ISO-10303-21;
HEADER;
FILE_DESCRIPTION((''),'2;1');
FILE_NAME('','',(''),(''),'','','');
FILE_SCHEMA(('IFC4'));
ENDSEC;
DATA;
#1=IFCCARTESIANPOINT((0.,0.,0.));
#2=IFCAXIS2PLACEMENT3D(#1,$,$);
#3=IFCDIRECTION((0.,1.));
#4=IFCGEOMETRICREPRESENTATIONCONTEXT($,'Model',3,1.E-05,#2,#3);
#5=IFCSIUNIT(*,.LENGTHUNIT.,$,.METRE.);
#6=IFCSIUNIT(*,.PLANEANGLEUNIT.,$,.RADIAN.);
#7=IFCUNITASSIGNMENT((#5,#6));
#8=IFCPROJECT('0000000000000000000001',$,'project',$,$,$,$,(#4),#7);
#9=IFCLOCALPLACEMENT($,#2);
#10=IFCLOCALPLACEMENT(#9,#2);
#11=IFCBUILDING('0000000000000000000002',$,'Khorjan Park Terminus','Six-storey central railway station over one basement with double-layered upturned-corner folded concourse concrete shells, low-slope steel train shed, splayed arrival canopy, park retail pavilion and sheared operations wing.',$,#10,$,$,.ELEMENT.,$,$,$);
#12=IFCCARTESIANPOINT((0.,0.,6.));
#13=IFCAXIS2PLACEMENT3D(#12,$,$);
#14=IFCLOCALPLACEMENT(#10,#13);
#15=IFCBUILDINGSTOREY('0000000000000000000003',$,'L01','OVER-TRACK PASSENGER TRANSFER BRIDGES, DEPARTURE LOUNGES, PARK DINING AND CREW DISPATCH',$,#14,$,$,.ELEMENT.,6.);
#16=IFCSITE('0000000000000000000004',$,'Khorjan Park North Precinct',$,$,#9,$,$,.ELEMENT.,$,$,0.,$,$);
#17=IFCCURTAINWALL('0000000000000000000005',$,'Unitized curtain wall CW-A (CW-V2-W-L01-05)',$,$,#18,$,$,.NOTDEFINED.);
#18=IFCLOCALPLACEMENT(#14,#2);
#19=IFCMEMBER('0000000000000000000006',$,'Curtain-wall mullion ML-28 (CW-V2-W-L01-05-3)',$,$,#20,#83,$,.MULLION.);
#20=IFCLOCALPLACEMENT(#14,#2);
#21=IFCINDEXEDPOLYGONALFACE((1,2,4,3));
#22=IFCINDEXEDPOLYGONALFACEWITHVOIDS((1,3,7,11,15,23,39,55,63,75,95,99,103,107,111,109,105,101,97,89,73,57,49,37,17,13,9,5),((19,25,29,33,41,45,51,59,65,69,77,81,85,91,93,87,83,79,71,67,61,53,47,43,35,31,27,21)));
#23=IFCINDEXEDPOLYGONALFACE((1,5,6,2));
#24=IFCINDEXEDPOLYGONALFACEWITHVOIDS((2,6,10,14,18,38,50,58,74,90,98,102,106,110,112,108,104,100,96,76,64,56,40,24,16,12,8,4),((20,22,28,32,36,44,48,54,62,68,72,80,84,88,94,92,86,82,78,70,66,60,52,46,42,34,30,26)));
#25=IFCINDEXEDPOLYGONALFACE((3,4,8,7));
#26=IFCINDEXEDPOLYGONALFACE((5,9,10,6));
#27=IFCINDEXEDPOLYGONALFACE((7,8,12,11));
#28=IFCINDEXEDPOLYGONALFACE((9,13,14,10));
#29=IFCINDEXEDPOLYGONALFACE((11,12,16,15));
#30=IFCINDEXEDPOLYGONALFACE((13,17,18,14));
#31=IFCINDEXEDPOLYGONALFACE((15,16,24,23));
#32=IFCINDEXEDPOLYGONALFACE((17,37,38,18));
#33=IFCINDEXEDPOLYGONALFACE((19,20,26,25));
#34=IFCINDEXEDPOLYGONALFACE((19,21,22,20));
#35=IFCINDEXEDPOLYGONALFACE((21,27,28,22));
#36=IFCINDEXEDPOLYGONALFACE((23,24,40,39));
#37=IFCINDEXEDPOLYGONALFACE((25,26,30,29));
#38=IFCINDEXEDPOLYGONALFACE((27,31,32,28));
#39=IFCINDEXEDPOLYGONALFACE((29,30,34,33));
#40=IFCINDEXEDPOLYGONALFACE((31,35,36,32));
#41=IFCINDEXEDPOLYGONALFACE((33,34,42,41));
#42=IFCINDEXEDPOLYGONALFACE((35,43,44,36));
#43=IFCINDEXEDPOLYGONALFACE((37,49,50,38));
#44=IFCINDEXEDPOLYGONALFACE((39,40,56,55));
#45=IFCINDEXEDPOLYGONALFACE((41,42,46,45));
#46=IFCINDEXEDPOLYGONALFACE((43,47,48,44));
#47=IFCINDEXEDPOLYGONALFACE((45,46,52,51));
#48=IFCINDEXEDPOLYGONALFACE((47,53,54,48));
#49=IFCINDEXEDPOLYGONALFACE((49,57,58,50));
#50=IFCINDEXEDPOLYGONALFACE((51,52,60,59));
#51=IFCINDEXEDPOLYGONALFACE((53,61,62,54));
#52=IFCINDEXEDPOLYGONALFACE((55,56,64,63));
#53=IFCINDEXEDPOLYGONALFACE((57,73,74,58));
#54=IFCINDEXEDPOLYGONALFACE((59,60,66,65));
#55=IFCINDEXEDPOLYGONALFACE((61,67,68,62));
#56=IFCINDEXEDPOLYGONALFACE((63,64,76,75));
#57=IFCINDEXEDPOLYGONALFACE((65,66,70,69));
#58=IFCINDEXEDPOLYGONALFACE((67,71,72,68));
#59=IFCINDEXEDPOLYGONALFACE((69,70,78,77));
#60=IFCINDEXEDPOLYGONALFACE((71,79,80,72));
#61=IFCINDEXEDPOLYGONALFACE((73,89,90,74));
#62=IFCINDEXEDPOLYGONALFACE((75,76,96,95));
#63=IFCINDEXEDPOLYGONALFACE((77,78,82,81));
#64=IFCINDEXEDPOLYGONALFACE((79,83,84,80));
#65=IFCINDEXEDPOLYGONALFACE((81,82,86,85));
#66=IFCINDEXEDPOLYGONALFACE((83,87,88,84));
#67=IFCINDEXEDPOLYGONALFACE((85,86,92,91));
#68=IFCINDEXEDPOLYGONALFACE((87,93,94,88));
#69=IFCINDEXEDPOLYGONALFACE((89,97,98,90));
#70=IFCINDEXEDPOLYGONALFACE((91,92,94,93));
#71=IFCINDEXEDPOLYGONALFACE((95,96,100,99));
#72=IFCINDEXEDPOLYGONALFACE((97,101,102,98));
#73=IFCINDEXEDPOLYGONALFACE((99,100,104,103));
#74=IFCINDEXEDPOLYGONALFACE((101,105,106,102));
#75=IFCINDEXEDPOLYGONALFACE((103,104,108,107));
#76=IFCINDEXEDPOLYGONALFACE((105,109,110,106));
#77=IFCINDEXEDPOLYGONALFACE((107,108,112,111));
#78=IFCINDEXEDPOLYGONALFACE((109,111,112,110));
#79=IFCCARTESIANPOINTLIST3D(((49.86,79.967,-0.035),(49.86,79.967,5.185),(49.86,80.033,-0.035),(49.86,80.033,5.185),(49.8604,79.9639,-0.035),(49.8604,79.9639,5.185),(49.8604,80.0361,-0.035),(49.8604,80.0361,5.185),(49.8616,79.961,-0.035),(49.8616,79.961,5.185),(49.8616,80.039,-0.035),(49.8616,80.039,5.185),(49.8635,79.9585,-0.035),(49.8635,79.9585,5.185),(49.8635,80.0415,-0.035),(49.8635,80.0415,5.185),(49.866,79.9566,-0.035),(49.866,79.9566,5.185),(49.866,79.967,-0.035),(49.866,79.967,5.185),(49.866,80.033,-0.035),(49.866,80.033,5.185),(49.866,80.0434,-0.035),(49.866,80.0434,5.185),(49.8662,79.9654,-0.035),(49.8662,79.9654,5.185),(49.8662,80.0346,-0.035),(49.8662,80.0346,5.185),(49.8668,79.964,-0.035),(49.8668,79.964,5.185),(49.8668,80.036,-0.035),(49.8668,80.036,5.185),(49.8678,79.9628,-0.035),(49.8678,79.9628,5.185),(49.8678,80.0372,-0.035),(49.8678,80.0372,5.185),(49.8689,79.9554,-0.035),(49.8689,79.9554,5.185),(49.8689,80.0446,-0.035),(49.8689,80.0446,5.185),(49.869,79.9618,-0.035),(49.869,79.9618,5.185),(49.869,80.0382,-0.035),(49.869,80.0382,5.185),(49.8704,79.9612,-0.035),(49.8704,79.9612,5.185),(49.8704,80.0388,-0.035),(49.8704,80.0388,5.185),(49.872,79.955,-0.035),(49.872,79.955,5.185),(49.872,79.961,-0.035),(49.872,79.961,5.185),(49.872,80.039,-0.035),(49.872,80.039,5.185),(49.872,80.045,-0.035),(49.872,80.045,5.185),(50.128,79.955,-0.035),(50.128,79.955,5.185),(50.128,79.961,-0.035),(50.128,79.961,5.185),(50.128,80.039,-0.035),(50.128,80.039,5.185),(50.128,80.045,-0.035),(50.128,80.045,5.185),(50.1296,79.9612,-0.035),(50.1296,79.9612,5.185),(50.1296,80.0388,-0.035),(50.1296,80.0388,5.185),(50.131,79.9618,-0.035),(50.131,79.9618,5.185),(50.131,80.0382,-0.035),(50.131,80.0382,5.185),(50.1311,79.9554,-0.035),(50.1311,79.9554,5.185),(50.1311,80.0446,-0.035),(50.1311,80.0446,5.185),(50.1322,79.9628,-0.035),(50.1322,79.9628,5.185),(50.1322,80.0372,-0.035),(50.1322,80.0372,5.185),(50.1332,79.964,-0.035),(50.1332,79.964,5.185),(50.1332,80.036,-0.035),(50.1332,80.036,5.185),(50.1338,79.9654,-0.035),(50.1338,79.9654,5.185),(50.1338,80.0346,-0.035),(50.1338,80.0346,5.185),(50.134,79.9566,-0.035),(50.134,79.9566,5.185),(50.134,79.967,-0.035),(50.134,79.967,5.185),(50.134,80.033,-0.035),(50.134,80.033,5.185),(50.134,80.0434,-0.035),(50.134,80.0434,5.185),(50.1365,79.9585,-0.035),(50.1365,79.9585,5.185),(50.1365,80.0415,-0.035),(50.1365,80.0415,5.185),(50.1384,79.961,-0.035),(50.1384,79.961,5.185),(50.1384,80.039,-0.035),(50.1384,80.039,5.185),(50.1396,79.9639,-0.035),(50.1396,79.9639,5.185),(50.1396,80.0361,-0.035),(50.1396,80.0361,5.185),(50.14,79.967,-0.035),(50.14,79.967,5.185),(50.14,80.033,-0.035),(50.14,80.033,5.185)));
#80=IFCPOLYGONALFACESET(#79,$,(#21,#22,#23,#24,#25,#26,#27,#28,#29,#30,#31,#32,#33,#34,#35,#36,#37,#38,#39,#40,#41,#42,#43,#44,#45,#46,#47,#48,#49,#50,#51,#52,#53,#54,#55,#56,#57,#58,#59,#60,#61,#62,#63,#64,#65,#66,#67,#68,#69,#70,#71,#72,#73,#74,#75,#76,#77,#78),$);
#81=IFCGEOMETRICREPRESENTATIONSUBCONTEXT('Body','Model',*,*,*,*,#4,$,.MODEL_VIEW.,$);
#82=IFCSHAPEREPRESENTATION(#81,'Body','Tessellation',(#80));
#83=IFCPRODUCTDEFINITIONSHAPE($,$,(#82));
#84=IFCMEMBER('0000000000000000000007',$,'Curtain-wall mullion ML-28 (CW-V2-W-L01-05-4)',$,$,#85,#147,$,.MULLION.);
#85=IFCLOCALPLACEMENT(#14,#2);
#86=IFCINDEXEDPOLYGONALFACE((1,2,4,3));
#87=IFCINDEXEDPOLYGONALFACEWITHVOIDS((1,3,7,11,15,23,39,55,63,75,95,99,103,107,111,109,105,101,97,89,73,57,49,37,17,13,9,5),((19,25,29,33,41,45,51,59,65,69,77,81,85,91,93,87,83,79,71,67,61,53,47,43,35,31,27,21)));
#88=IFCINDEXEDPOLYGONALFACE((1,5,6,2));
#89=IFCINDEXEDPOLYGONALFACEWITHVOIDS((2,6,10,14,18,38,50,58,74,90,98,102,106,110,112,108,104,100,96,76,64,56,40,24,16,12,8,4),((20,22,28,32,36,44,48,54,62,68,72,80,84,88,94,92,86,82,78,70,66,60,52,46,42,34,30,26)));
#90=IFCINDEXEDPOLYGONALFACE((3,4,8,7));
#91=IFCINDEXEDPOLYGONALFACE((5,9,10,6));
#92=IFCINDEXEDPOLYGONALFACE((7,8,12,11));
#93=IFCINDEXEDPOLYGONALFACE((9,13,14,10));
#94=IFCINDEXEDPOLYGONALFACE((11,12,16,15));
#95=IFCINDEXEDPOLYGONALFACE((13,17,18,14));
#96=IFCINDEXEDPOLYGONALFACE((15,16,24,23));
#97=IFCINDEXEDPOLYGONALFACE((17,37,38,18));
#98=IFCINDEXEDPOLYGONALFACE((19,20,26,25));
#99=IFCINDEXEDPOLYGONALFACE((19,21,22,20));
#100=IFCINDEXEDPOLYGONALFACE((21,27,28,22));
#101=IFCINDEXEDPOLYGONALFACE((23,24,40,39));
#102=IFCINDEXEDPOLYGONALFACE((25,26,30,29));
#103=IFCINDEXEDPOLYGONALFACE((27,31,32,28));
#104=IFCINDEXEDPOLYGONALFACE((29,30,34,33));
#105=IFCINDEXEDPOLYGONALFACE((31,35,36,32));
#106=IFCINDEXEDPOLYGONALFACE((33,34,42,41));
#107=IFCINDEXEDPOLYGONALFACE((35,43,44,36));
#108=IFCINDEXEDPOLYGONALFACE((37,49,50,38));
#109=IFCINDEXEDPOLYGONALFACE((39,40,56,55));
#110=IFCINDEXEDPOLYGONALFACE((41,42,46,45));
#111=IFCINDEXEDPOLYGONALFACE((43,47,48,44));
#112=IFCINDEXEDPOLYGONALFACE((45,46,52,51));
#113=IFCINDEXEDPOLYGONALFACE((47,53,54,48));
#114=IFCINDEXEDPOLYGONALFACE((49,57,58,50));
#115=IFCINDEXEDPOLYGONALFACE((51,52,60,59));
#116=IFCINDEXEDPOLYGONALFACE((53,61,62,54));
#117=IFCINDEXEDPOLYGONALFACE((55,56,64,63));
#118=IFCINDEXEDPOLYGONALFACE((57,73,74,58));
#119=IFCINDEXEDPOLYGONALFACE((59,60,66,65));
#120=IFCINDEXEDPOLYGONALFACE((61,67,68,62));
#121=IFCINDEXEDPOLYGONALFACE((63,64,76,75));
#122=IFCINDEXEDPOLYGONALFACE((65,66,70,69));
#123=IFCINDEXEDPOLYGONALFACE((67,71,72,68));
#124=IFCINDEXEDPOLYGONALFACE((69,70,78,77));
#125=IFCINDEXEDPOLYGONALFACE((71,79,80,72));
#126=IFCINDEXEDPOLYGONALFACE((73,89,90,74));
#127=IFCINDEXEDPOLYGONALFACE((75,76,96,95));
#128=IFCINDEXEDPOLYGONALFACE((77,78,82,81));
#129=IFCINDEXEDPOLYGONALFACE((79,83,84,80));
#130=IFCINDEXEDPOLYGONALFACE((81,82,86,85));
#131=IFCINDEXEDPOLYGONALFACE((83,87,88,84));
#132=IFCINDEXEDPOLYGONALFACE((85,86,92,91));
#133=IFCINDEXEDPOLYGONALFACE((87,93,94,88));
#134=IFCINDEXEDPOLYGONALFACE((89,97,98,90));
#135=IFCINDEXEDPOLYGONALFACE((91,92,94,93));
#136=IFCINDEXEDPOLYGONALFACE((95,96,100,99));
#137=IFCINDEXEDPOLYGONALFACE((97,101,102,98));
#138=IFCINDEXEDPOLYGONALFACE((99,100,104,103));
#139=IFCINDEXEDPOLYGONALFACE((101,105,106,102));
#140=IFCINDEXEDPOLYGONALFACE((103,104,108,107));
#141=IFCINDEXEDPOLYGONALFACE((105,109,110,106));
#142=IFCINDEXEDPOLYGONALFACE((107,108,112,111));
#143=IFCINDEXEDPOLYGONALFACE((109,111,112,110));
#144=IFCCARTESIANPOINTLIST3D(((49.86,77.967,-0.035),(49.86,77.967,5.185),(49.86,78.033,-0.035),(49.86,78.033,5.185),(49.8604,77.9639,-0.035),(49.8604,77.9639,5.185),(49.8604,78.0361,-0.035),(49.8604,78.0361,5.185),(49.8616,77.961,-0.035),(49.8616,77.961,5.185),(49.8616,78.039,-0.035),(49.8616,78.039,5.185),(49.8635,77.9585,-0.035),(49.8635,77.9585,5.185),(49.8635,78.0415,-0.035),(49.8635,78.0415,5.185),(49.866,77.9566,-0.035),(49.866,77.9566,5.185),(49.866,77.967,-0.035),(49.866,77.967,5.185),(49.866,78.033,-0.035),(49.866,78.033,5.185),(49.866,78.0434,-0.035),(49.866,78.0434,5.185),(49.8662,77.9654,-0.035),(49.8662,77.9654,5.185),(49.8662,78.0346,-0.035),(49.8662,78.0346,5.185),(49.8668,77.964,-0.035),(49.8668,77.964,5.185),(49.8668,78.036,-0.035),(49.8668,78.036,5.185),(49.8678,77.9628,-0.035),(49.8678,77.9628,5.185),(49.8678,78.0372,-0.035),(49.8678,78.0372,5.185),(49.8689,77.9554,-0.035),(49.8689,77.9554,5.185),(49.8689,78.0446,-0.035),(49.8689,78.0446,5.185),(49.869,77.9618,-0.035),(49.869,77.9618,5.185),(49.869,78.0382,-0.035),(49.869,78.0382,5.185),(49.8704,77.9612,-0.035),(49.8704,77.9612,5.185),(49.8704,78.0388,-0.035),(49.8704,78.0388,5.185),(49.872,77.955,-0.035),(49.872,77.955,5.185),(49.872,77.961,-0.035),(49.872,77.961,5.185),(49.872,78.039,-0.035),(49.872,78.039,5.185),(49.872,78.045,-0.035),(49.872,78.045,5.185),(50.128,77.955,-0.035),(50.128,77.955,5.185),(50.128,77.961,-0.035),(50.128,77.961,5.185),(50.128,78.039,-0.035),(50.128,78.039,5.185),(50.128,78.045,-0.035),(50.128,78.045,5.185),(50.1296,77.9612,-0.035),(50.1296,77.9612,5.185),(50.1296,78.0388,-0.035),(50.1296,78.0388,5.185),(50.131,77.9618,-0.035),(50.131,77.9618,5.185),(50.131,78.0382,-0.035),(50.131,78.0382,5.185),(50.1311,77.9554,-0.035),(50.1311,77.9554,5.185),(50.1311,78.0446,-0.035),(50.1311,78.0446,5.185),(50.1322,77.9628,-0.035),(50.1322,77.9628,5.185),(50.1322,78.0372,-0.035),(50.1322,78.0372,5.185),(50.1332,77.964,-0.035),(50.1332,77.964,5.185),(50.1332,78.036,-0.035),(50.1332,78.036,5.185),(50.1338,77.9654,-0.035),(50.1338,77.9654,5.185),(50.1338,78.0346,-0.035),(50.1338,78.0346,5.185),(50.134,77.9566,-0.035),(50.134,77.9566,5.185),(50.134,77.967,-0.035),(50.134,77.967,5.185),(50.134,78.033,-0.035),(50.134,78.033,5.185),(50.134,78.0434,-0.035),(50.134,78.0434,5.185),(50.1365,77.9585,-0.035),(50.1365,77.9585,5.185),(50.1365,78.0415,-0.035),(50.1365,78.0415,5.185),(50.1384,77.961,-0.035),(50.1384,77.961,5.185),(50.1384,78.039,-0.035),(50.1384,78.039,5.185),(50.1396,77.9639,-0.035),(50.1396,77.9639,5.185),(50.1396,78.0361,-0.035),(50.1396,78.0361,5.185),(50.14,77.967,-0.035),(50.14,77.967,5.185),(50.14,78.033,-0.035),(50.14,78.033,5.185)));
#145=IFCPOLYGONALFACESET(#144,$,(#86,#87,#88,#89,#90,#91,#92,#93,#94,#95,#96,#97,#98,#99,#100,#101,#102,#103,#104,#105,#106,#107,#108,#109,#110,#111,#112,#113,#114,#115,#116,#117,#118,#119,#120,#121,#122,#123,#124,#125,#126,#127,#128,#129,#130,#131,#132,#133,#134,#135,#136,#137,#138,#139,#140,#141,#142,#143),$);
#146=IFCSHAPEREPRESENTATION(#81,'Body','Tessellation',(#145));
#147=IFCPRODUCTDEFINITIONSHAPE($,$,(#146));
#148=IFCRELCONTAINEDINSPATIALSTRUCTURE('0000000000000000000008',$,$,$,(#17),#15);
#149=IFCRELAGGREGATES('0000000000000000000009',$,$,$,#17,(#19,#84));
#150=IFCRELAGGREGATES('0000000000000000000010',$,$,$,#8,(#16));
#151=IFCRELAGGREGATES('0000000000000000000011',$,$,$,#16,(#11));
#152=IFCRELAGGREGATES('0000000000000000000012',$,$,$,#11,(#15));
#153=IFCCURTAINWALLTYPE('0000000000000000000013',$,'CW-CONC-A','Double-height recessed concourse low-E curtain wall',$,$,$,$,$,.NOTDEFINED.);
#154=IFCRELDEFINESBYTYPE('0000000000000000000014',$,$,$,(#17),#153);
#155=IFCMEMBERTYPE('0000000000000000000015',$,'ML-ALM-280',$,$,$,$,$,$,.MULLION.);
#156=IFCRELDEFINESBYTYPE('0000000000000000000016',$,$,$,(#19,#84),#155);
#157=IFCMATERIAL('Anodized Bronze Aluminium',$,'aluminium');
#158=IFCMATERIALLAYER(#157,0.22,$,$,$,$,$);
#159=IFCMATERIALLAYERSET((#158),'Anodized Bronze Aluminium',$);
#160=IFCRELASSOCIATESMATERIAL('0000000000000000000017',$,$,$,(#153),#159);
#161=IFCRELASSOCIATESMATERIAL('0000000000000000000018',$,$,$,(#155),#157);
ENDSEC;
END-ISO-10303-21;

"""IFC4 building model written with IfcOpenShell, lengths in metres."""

from ifc_helpers import new_model, si_unit, direction, frame, origin, origin_2d, place, context, subcontext, project, spatial, hollow_rectangle, extrude, material, layer, layer_set, material_profile, profile_set, type_object, element, aggregate, save


model = new_model("IFC4")

# Units and contexts
model_context = context("Model", 3, precision=1e-05, world=origin(), true_north=direction((0.0, 1.0)))
body_context = subcontext(model_context, "Body", "Model", "MODEL_VIEW")
ifc_project = project(units=[si_unit("LENGTHUNIT", "METRE"), si_unit("PLANEANGLEUNIT", "RADIAN")], contexts=[model_context])

# Site, building, storey
site_placement = place(None, origin())
site = spatial("IfcSite", under=ifc_project, at=site_placement, Name="Khorjan Park North Precinct", CompositionType="ELEMENT", RefElevation=0.0)
building_placement = place(site_placement, origin())
building = spatial("IfcBuilding", under=site, at=building_placement, Name="Khorjan Park Terminus", Description="Six-storey central railway station over one basement with double-layered upturned-corner folded concourse concrete shells, low-slope steel train shed, splayed arrival canopy, park retail pavilion and sheared operations wing.", CompositionType="ELEMENT")
storey_placement = place(building_placement, frame((0.0, 0.0, 6.0)))
storey = spatial("IfcBuildingStorey", under=building, at=storey_placement, Name="L01", Description="OVER-TRACK PASSENGER TRANSFER BRIDGES, DEPARTURE LOUNGES, PARK DINING AND CREW DISPATCH", CompositionType="ELEMENT", Elevation=6.0)

# Shared definitions
ifc_material_1 = material(Name="Anodized Bronze Aluminium", Category="aluminium")
ifc_layer_1 = layer(ifc_material_1, 0.22)
ifc_layer_set_1 = layer_set([ifc_layer_1], Name="Anodized Bronze Aluminium")
curtain_wall_type = type_object("IfcCurtainWallType", Name="CW-CONC-A", Description="Double-height recessed concourse low-E curtain wall", PredefinedType="NOTDEFINED", material=ifc_layer_set_1)
ifc_material_profile_1 = material_profile(ifc_material_1, hollow_rectangle(XDim=0.09, YDim=0.28, WallThickness=0.006, InnerFilletRadius=0.006, OuterFilletRadius=0.012, at=origin_2d()), Name="ALM 90x280x6")
ifc_profile_set_1 = profile_set([ifc_material_profile_1], Name="Anodized Bronze Aluminium")
member_type_1 = type_object("IfcMemberType", Name="ML-ALM-280", PredefinedType="MULLION", material=ifc_profile_set_1)

# Curtain wall, members
curtain_wall_1_placement = place(storey_placement, origin())
curtain_wall_1 = element("IfcCurtainWall", 1, at=curtain_wall_1_placement, inside=storey, type_object=curtain_wall_type, Name="Unitized curtain wall CW-A (CW-V2-W-L01-05)", PredefinedType="NOTDEFINED")
member_1_placement = place(storey_placement, frame((50.0, 80.0, -0.035), z_axis=(0.0, 0.0, 1.0), x_axis=(0.0, -1.0, 0.0)))
member_1 = element("IfcMember", 2, at=member_1_placement, type_object=member_type_1, Name="Curtain-wall mullion ML-28 (CW-V2-W-L01-05-3)", PredefinedType="MULLION", context=body_context, shape_type="SweptSolid", body=[
    extrude(hollow_rectangle(XDim=0.09, YDim=0.28, WallThickness=0.006, InnerFilletRadius=0.006, OuterFilletRadius=0.012, at=origin_2d()), origin(), (0.0, 0.0, 1.0), 5.22),
])
member_2_placement = place(storey_placement, frame((50.0, 78.0, -0.035), z_axis=(0.0, 0.0, 1.0), x_axis=(0.0, -1.0, 0.0)))
member_2 = element("IfcMember", 3, at=member_2_placement, type_object=member_type_1, Name="Curtain-wall mullion ML-28 (CW-V2-W-L01-05-4)", PredefinedType="MULLION", context=body_context, shape_type="SweptSolid", body=[
    extrude(hollow_rectangle(XDim=0.09, YDim=0.28, WallThickness=0.006, InnerFilletRadius=0.006, OuterFilletRadius=0.012, at=origin_2d()), origin(), (0.0, 0.0, 1.0), 5.22),
])

aggregate(curtain_wall_1, [member_1, member_2])

save(model, "model.ifc")
